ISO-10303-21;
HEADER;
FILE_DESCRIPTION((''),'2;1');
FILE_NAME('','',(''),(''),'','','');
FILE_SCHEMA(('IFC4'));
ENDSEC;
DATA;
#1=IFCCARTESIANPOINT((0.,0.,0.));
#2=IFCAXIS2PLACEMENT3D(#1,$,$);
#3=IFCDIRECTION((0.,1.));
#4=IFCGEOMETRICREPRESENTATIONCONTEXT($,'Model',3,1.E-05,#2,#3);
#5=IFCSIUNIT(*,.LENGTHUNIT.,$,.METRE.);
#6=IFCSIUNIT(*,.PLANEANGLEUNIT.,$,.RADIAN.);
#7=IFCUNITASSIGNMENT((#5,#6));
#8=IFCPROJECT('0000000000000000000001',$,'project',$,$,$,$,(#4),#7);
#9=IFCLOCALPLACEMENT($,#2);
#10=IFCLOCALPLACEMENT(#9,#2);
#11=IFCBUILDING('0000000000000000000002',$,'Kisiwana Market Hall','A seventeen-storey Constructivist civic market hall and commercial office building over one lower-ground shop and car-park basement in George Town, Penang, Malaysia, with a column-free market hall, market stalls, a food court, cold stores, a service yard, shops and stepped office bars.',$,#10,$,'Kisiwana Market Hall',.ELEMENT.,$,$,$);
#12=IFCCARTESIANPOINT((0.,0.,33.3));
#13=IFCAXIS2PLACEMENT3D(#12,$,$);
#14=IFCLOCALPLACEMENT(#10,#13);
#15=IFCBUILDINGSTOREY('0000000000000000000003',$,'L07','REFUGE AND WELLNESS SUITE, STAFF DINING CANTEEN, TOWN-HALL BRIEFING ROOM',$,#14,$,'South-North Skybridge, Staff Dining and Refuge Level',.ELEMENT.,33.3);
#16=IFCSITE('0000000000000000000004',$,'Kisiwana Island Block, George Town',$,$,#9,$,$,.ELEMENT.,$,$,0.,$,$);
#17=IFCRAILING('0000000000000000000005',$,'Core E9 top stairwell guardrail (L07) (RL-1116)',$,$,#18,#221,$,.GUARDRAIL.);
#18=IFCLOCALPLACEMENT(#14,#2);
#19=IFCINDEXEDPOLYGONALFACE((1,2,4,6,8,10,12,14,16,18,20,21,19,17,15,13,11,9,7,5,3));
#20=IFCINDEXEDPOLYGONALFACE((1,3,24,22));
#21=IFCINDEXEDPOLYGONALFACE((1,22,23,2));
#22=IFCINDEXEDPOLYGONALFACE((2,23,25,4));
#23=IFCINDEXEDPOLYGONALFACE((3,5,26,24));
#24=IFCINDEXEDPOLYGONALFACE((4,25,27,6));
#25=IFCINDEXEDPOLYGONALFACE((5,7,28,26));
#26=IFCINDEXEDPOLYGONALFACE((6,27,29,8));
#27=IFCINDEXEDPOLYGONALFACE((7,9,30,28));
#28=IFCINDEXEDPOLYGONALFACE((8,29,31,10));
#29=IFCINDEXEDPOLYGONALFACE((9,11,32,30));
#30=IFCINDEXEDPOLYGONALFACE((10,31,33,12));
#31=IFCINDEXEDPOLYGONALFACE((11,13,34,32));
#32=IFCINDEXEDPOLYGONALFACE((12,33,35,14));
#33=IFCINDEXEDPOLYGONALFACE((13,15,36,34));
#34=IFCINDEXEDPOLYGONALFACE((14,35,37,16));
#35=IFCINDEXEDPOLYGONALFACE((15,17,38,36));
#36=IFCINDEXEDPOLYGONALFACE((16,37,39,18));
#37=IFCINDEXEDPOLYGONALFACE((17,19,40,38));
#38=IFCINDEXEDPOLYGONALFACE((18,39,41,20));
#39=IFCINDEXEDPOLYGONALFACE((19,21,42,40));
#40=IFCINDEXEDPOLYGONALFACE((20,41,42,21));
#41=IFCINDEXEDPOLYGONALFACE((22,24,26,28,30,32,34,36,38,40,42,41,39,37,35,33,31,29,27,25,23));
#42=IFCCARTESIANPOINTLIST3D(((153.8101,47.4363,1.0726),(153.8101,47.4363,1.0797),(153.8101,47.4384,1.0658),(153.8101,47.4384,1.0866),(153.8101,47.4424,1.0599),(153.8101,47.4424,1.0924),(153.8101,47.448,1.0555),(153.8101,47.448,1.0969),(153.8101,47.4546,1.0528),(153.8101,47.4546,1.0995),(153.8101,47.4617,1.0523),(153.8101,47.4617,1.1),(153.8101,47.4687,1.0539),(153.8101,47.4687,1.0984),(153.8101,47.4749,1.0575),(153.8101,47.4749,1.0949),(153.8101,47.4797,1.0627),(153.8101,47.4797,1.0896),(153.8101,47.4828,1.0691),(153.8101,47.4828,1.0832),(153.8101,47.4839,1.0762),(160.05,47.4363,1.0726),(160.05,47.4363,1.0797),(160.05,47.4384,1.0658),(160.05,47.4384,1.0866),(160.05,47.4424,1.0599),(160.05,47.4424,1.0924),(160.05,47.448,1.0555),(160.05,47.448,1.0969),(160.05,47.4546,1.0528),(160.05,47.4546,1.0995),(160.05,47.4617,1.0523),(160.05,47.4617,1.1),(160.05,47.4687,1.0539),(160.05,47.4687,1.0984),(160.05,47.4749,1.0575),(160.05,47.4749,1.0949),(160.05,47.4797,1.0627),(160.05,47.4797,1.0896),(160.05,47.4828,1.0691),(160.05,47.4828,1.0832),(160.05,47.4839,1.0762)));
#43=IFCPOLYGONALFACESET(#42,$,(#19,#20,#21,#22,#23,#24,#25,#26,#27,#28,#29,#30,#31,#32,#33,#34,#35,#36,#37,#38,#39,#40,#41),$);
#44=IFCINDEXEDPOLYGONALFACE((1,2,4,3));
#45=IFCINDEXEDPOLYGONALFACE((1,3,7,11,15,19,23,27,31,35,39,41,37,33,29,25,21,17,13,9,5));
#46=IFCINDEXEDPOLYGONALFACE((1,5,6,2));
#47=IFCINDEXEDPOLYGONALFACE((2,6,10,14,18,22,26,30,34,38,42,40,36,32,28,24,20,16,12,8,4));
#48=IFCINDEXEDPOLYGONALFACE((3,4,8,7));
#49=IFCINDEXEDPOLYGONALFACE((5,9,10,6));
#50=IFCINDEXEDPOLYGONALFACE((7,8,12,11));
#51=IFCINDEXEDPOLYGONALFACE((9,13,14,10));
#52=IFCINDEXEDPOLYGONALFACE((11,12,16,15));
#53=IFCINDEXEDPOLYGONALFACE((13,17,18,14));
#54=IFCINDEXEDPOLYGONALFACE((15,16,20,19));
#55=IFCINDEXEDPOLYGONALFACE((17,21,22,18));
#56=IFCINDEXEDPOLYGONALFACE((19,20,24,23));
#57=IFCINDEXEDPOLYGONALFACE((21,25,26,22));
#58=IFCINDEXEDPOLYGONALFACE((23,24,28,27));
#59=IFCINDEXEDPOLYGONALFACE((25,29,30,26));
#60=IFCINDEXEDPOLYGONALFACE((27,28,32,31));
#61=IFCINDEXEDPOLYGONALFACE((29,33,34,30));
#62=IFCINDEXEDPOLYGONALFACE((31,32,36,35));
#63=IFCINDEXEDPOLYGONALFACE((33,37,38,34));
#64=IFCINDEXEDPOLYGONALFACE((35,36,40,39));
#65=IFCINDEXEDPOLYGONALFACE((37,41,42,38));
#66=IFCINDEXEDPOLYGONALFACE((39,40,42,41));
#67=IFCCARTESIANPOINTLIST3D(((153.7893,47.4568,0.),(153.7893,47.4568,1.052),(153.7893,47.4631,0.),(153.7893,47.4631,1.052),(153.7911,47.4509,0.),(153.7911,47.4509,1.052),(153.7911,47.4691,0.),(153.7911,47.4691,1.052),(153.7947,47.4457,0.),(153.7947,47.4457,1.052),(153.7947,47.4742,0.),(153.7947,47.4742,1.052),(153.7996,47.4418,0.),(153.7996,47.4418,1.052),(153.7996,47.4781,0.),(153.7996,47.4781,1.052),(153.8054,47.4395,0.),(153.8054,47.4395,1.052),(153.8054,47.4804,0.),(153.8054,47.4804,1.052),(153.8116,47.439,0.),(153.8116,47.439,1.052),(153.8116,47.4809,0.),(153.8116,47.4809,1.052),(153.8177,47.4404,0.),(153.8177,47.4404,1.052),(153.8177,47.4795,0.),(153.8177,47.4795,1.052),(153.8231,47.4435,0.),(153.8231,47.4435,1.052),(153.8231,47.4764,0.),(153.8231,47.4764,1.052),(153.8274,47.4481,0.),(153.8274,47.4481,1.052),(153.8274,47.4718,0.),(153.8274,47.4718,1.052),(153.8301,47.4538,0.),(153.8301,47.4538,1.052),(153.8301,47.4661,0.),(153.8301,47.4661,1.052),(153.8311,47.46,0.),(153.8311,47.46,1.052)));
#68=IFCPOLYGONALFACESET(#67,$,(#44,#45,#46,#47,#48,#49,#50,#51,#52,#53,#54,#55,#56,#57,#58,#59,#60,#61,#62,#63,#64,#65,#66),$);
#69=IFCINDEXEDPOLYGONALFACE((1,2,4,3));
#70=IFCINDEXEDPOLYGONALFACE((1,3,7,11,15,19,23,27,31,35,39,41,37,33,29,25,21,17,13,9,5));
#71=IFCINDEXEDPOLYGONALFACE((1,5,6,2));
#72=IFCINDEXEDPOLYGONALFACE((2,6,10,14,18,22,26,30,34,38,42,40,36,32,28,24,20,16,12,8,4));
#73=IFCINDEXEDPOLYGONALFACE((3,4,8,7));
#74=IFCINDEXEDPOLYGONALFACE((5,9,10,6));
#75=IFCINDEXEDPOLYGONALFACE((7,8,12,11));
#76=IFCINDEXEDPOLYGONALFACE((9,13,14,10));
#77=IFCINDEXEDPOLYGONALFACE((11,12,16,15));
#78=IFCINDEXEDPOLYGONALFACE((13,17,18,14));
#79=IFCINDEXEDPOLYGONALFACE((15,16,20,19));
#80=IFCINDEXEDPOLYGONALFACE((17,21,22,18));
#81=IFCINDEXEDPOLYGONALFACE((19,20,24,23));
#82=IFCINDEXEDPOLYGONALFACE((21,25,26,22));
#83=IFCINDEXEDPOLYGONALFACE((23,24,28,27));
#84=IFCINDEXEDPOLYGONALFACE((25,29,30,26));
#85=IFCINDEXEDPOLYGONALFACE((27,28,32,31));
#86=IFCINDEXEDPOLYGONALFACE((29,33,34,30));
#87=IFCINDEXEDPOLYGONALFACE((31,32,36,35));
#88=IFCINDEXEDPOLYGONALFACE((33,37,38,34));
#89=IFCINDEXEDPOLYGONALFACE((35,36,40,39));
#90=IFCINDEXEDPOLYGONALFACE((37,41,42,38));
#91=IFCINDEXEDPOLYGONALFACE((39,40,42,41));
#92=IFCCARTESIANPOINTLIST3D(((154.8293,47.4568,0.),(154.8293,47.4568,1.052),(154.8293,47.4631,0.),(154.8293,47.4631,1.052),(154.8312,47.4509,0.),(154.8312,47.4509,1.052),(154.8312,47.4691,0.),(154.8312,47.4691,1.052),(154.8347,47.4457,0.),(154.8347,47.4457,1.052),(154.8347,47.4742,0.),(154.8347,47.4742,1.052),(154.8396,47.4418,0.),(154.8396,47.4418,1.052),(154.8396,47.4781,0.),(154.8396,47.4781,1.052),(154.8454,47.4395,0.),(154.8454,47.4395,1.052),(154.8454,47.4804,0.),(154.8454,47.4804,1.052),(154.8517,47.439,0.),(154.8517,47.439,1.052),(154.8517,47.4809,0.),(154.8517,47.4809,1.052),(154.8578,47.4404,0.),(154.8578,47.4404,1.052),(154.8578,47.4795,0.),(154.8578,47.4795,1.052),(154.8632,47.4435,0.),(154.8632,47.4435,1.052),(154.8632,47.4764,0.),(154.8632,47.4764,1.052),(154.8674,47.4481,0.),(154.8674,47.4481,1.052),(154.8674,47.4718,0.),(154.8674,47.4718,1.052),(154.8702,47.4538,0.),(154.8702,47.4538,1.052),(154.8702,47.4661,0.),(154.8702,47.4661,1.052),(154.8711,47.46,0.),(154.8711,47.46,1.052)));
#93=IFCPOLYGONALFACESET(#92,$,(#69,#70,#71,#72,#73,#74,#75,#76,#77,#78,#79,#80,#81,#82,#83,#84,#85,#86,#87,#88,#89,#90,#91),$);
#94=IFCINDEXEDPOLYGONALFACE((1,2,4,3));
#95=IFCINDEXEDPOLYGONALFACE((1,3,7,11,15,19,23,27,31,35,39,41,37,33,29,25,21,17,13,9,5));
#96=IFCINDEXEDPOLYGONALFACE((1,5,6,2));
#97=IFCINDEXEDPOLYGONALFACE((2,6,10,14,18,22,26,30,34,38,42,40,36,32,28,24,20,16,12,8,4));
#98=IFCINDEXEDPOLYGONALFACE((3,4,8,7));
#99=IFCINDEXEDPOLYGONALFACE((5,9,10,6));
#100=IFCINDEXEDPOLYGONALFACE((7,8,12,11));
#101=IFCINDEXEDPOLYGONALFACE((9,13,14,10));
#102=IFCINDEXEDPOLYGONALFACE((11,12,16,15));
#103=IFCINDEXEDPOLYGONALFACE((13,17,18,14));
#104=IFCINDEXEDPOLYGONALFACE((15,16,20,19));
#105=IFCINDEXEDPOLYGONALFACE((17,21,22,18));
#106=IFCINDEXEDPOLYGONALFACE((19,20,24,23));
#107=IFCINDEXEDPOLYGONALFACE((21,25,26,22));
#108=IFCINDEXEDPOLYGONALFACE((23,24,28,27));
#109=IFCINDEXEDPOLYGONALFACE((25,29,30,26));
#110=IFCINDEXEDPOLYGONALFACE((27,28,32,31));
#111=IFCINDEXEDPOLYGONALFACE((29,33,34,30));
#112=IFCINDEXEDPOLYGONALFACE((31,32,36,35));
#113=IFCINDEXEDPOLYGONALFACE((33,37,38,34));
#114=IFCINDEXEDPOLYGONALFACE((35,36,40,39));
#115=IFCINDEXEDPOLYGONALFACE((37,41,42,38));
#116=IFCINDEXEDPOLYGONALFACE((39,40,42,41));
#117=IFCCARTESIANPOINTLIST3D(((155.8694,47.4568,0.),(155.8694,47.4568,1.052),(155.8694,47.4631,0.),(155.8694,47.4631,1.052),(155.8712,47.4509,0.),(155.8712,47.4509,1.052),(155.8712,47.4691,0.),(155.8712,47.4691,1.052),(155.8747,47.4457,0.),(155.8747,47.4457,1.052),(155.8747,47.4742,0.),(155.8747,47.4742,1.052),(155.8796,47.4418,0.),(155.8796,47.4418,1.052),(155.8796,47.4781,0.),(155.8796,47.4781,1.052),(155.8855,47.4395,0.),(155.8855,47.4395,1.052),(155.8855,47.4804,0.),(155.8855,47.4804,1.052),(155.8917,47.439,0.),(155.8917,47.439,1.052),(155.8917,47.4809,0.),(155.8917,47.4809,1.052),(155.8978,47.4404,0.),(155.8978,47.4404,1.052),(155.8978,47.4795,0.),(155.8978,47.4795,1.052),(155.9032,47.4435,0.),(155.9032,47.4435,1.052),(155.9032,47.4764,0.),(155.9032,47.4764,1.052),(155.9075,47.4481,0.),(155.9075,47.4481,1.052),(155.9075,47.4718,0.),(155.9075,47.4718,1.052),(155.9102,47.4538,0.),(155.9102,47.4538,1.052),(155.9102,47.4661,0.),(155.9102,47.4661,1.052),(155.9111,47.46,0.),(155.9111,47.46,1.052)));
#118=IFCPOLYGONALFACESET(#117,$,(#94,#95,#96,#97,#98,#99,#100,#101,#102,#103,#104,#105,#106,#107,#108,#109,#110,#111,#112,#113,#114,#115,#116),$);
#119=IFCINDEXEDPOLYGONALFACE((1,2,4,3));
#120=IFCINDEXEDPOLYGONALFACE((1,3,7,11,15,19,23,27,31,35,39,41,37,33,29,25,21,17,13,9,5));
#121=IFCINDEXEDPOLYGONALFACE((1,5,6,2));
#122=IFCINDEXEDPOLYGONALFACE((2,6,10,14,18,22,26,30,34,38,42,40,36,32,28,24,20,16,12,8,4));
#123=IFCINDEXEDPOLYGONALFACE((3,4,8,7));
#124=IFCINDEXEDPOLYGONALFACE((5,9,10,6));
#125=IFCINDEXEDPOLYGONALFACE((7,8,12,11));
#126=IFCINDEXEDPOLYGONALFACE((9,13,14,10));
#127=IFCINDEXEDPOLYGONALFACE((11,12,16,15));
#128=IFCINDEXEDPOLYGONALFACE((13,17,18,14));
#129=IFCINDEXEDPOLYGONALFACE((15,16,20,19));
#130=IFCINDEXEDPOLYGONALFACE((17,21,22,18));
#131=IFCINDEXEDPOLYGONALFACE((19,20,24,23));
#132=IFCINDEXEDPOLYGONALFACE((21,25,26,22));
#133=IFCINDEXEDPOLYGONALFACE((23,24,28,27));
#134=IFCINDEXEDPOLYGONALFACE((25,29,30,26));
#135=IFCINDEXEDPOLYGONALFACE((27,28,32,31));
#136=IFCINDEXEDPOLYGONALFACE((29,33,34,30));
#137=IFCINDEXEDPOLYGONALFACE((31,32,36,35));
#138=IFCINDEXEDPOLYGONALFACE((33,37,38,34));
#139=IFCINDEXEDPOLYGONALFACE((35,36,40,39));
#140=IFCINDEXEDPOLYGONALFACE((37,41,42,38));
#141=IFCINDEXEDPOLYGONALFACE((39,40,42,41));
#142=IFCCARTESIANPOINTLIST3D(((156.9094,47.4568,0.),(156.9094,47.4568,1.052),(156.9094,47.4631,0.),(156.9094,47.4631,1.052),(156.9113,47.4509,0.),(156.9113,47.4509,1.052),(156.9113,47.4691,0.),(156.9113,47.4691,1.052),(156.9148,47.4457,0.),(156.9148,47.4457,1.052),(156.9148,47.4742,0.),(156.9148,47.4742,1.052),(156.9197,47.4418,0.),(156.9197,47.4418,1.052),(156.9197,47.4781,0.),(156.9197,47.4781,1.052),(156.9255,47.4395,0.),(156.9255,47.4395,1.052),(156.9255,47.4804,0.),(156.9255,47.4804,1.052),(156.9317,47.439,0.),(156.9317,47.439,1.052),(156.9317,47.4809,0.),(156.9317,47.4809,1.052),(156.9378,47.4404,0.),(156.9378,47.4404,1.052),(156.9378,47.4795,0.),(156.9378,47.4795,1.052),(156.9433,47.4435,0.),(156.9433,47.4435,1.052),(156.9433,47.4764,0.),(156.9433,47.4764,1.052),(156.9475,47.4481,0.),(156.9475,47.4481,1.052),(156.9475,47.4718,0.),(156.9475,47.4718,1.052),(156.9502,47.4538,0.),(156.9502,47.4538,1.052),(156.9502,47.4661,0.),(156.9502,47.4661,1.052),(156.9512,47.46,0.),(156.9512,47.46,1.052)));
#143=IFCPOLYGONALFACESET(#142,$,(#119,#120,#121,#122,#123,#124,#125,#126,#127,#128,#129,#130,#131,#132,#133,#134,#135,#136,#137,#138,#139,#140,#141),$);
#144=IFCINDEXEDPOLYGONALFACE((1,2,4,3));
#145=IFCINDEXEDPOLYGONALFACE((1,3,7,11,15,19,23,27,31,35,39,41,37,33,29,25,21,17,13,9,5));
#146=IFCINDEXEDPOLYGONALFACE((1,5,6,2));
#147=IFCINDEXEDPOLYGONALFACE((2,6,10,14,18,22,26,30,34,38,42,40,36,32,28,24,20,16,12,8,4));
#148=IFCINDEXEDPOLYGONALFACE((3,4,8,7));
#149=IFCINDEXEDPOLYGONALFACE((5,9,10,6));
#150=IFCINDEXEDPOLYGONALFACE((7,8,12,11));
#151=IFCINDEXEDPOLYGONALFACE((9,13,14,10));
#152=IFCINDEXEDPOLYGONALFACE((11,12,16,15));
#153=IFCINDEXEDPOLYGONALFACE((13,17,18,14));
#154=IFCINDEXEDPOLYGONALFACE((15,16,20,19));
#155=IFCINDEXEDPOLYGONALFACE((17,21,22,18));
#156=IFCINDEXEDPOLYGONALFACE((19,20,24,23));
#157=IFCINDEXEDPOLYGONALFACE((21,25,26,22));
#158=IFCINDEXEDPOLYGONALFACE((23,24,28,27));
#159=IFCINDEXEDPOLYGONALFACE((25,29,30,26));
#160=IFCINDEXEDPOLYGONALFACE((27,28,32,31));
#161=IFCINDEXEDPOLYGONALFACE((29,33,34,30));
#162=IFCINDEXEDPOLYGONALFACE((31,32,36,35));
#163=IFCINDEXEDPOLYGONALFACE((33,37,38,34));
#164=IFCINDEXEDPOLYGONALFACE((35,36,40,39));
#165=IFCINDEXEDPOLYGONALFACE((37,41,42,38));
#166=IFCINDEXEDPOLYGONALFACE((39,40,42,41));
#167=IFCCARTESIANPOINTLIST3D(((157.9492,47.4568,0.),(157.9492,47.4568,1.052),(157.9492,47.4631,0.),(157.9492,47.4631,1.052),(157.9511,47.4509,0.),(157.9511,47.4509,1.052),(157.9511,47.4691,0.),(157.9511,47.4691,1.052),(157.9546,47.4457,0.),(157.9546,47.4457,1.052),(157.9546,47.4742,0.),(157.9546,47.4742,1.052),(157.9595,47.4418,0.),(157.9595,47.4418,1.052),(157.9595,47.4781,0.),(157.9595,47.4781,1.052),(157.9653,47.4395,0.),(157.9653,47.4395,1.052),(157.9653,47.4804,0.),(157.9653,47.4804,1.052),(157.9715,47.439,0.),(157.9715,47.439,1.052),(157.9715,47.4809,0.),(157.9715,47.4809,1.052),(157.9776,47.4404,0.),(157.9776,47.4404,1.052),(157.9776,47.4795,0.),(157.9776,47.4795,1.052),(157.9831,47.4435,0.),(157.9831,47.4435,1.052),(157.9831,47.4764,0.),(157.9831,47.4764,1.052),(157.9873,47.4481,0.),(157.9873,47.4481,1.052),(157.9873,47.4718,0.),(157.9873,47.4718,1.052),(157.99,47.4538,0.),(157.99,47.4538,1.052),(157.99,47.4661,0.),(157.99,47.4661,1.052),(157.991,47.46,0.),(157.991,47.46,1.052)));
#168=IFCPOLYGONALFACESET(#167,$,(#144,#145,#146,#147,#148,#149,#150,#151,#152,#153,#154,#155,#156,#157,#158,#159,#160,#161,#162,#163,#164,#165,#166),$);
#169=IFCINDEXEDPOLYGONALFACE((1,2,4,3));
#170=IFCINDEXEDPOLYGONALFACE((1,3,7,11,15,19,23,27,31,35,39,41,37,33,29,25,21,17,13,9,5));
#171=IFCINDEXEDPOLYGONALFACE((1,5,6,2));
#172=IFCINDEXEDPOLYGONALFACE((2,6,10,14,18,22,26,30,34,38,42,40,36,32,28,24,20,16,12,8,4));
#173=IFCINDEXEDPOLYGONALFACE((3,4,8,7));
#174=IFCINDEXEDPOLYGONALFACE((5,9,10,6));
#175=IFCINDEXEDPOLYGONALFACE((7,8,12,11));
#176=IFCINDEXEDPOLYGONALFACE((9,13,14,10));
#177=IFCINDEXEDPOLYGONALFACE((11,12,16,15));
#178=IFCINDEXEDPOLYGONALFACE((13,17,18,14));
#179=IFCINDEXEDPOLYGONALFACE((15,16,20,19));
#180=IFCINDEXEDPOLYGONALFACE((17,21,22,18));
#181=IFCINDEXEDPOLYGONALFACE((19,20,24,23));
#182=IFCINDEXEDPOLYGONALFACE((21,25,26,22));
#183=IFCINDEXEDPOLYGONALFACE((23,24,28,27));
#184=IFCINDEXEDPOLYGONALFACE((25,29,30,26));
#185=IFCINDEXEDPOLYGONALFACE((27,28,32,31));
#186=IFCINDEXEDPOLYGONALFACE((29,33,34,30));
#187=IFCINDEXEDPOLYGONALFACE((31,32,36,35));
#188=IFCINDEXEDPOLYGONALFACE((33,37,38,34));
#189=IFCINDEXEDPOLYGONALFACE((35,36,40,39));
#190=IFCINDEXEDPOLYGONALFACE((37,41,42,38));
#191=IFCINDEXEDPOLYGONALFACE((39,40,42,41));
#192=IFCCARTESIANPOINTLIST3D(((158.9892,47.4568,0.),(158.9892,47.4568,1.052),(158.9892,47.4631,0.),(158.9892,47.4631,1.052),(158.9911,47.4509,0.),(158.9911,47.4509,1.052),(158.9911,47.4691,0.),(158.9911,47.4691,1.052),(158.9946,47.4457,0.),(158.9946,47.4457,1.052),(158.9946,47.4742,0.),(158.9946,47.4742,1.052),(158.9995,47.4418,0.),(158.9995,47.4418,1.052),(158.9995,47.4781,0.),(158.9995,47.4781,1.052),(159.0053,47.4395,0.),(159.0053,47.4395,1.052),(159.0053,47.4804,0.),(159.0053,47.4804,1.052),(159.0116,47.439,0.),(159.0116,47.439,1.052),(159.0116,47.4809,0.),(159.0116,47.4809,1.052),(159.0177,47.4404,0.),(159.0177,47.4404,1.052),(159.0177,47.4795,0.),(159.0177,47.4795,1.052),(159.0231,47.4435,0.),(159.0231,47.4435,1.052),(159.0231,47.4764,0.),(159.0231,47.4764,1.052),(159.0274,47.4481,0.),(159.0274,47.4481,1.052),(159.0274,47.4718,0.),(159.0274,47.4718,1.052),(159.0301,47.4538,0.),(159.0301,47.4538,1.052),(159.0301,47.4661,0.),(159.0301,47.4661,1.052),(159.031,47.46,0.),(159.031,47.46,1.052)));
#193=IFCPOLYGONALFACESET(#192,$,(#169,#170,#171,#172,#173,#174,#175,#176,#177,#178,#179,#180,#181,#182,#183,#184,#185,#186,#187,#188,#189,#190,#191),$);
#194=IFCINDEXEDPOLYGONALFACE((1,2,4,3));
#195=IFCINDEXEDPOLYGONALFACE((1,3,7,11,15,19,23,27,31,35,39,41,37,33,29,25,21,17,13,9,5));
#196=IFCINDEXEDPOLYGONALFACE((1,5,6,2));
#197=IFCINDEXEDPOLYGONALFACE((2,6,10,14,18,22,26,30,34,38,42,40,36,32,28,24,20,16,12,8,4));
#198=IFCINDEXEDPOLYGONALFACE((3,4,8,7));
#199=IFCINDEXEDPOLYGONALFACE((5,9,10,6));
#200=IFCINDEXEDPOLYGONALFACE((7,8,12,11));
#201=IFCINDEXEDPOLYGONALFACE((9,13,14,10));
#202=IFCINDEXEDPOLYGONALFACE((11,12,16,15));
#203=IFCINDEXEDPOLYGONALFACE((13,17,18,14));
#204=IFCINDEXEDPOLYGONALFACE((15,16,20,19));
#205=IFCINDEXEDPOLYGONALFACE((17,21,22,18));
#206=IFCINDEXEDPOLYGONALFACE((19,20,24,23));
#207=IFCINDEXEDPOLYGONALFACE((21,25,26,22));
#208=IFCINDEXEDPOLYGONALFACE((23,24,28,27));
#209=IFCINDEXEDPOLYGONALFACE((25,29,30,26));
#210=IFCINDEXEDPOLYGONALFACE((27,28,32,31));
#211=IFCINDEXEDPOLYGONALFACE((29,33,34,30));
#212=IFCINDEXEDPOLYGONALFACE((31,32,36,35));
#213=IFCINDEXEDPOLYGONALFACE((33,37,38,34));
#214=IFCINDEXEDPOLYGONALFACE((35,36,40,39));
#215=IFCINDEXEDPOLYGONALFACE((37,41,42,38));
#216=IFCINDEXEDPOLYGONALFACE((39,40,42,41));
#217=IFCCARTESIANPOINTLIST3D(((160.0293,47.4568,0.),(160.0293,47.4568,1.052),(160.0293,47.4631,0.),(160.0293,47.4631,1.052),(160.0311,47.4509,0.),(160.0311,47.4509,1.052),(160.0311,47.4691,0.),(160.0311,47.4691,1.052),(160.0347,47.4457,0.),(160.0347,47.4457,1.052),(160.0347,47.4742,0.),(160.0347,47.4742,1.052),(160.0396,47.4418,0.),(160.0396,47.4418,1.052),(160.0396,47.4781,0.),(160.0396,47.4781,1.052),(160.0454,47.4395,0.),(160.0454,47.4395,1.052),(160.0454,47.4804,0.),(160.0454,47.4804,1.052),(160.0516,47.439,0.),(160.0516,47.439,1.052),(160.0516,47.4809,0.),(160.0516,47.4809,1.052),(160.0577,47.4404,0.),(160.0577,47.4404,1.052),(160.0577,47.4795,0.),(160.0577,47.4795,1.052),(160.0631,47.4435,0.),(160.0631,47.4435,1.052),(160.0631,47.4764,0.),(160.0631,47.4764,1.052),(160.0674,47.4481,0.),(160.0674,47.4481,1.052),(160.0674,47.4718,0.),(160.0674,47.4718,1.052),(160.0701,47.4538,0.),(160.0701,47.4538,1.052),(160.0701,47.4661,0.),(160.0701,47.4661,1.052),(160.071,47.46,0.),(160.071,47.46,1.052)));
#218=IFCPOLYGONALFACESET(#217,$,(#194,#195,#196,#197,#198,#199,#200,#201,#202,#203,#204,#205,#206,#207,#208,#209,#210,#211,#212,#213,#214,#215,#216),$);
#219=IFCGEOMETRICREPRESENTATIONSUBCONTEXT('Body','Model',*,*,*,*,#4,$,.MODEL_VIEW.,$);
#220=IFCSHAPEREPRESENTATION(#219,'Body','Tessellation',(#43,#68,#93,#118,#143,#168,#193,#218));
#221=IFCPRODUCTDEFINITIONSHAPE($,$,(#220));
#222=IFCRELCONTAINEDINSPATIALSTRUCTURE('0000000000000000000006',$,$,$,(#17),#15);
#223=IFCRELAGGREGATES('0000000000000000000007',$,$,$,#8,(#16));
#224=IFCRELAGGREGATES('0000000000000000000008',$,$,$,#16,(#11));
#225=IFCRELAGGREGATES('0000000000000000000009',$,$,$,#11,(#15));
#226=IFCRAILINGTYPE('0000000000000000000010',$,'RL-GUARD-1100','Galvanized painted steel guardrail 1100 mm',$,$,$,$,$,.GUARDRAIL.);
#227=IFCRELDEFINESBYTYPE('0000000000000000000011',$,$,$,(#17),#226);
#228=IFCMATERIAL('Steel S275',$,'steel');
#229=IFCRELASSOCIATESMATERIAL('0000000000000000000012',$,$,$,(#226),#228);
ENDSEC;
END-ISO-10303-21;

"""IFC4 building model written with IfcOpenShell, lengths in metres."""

from ifc_helpers import new_model, si_unit, direction, frame, origin, origin_2d, place, context, subcontext, project, spatial, circle, extrude, material, type_object, element, save


model = new_model("IFC4")

# Units and contexts
model_context = context("Model", 3, precision=1e-05, world=origin(), true_north=direction((0.0, 1.0)))
body_context = subcontext(model_context, "Body", "Model", "MODEL_VIEW")
ifc_project = project(units=[si_unit("LENGTHUNIT", "METRE"), si_unit("PLANEANGLEUNIT", "RADIAN")], contexts=[model_context])

# Site, building, storey
site_placement = place(None, origin())
site = spatial("IfcSite", under=ifc_project, at=site_placement, Name="Kisiwana Island Block, George Town", CompositionType="ELEMENT", RefElevation=0.0)
building_placement = place(site_placement, origin())
building = spatial("IfcBuilding", under=site, at=building_placement, Name="Kisiwana Market Hall", Description="A seventeen-storey Constructivist civic market hall and commercial office building over one lower-ground shop and car-park basement in George Town, Penang, Malaysia, with a column-free market hall, market stalls, a food court, cold stores, a service yard, shops and stepped office bars.", LongName="Kisiwana Market Hall", CompositionType="ELEMENT")
storey_placement = place(building_placement, frame((0.0, 0.0, 33.3)))
storey = spatial("IfcBuildingStorey", under=building, at=storey_placement, Name="L07", Description="REFUGE AND WELLNESS SUITE, STAFF DINING CANTEEN, TOWN-HALL BRIEFING ROOM", LongName="South-North Skybridge, Staff Dining and Refuge Level", CompositionType="ELEMENT", Elevation=33.3)

# Railing
ifc_material_1 = material(Name="Steel S275", Category="steel")
railing_type = type_object("IfcRailingType", Name="RL-GUARD-1100", Description="Galvanized painted steel guardrail 1100 mm", PredefinedType="GUARDRAIL", material=ifc_material_1)
railing_placement = place(storey_placement, frame((153.8101, 47.46, 0.0)))
element("IfcRailing", 1, at=railing_placement, inside=storey, type_object=railing_type, Name="Core E9 top stairwell guardrail (L07) (RL-1116)", PredefinedType="GUARDRAIL", context=body_context, shape_type="SweptSolid", body=[
    extrude(circle(Radius=0.0239, at=origin_2d()), frame((0.0, 0.0, 1.0762), z_axis=(1.0, 0.0, 0.0), x_axis=(0.0, 1.0, 0.0)), (0.0, 0.0, 1.0), 6.24),
    extrude(circle(Radius=0.021, at=origin_2d()), origin(), (0.0, 0.0, 1.0), 1.052),
    extrude(circle(Radius=0.021, at=origin_2d()), frame((1.04, 0.0, 0.0)), (0.0, 0.0, 1.0), 1.052),
    extrude(circle(Radius=0.021, at=origin_2d()), frame((2.0801, 0.0, 0.0)), (0.0, 0.0, 1.0), 1.052),
    extrude(circle(Radius=0.021, at=origin_2d()), frame((3.1201, 0.0, 0.0)), (0.0, 0.0, 1.0), 1.052),
    extrude(circle(Radius=0.021, at=origin_2d()), frame((4.1599, 0.0, 0.0)), (0.0, 0.0, 1.0), 1.052),
    extrude(circle(Radius=0.021, at=origin_2d()), frame((5.2, 0.0, 0.0)), (0.0, 0.0, 1.0), 1.052),
    extrude(circle(Radius=0.021, at=origin_2d()), frame((6.24, 0.0, 0.0)), (0.0, 0.0, 1.0), 1.052),
])

save(model, "model.ifc")
